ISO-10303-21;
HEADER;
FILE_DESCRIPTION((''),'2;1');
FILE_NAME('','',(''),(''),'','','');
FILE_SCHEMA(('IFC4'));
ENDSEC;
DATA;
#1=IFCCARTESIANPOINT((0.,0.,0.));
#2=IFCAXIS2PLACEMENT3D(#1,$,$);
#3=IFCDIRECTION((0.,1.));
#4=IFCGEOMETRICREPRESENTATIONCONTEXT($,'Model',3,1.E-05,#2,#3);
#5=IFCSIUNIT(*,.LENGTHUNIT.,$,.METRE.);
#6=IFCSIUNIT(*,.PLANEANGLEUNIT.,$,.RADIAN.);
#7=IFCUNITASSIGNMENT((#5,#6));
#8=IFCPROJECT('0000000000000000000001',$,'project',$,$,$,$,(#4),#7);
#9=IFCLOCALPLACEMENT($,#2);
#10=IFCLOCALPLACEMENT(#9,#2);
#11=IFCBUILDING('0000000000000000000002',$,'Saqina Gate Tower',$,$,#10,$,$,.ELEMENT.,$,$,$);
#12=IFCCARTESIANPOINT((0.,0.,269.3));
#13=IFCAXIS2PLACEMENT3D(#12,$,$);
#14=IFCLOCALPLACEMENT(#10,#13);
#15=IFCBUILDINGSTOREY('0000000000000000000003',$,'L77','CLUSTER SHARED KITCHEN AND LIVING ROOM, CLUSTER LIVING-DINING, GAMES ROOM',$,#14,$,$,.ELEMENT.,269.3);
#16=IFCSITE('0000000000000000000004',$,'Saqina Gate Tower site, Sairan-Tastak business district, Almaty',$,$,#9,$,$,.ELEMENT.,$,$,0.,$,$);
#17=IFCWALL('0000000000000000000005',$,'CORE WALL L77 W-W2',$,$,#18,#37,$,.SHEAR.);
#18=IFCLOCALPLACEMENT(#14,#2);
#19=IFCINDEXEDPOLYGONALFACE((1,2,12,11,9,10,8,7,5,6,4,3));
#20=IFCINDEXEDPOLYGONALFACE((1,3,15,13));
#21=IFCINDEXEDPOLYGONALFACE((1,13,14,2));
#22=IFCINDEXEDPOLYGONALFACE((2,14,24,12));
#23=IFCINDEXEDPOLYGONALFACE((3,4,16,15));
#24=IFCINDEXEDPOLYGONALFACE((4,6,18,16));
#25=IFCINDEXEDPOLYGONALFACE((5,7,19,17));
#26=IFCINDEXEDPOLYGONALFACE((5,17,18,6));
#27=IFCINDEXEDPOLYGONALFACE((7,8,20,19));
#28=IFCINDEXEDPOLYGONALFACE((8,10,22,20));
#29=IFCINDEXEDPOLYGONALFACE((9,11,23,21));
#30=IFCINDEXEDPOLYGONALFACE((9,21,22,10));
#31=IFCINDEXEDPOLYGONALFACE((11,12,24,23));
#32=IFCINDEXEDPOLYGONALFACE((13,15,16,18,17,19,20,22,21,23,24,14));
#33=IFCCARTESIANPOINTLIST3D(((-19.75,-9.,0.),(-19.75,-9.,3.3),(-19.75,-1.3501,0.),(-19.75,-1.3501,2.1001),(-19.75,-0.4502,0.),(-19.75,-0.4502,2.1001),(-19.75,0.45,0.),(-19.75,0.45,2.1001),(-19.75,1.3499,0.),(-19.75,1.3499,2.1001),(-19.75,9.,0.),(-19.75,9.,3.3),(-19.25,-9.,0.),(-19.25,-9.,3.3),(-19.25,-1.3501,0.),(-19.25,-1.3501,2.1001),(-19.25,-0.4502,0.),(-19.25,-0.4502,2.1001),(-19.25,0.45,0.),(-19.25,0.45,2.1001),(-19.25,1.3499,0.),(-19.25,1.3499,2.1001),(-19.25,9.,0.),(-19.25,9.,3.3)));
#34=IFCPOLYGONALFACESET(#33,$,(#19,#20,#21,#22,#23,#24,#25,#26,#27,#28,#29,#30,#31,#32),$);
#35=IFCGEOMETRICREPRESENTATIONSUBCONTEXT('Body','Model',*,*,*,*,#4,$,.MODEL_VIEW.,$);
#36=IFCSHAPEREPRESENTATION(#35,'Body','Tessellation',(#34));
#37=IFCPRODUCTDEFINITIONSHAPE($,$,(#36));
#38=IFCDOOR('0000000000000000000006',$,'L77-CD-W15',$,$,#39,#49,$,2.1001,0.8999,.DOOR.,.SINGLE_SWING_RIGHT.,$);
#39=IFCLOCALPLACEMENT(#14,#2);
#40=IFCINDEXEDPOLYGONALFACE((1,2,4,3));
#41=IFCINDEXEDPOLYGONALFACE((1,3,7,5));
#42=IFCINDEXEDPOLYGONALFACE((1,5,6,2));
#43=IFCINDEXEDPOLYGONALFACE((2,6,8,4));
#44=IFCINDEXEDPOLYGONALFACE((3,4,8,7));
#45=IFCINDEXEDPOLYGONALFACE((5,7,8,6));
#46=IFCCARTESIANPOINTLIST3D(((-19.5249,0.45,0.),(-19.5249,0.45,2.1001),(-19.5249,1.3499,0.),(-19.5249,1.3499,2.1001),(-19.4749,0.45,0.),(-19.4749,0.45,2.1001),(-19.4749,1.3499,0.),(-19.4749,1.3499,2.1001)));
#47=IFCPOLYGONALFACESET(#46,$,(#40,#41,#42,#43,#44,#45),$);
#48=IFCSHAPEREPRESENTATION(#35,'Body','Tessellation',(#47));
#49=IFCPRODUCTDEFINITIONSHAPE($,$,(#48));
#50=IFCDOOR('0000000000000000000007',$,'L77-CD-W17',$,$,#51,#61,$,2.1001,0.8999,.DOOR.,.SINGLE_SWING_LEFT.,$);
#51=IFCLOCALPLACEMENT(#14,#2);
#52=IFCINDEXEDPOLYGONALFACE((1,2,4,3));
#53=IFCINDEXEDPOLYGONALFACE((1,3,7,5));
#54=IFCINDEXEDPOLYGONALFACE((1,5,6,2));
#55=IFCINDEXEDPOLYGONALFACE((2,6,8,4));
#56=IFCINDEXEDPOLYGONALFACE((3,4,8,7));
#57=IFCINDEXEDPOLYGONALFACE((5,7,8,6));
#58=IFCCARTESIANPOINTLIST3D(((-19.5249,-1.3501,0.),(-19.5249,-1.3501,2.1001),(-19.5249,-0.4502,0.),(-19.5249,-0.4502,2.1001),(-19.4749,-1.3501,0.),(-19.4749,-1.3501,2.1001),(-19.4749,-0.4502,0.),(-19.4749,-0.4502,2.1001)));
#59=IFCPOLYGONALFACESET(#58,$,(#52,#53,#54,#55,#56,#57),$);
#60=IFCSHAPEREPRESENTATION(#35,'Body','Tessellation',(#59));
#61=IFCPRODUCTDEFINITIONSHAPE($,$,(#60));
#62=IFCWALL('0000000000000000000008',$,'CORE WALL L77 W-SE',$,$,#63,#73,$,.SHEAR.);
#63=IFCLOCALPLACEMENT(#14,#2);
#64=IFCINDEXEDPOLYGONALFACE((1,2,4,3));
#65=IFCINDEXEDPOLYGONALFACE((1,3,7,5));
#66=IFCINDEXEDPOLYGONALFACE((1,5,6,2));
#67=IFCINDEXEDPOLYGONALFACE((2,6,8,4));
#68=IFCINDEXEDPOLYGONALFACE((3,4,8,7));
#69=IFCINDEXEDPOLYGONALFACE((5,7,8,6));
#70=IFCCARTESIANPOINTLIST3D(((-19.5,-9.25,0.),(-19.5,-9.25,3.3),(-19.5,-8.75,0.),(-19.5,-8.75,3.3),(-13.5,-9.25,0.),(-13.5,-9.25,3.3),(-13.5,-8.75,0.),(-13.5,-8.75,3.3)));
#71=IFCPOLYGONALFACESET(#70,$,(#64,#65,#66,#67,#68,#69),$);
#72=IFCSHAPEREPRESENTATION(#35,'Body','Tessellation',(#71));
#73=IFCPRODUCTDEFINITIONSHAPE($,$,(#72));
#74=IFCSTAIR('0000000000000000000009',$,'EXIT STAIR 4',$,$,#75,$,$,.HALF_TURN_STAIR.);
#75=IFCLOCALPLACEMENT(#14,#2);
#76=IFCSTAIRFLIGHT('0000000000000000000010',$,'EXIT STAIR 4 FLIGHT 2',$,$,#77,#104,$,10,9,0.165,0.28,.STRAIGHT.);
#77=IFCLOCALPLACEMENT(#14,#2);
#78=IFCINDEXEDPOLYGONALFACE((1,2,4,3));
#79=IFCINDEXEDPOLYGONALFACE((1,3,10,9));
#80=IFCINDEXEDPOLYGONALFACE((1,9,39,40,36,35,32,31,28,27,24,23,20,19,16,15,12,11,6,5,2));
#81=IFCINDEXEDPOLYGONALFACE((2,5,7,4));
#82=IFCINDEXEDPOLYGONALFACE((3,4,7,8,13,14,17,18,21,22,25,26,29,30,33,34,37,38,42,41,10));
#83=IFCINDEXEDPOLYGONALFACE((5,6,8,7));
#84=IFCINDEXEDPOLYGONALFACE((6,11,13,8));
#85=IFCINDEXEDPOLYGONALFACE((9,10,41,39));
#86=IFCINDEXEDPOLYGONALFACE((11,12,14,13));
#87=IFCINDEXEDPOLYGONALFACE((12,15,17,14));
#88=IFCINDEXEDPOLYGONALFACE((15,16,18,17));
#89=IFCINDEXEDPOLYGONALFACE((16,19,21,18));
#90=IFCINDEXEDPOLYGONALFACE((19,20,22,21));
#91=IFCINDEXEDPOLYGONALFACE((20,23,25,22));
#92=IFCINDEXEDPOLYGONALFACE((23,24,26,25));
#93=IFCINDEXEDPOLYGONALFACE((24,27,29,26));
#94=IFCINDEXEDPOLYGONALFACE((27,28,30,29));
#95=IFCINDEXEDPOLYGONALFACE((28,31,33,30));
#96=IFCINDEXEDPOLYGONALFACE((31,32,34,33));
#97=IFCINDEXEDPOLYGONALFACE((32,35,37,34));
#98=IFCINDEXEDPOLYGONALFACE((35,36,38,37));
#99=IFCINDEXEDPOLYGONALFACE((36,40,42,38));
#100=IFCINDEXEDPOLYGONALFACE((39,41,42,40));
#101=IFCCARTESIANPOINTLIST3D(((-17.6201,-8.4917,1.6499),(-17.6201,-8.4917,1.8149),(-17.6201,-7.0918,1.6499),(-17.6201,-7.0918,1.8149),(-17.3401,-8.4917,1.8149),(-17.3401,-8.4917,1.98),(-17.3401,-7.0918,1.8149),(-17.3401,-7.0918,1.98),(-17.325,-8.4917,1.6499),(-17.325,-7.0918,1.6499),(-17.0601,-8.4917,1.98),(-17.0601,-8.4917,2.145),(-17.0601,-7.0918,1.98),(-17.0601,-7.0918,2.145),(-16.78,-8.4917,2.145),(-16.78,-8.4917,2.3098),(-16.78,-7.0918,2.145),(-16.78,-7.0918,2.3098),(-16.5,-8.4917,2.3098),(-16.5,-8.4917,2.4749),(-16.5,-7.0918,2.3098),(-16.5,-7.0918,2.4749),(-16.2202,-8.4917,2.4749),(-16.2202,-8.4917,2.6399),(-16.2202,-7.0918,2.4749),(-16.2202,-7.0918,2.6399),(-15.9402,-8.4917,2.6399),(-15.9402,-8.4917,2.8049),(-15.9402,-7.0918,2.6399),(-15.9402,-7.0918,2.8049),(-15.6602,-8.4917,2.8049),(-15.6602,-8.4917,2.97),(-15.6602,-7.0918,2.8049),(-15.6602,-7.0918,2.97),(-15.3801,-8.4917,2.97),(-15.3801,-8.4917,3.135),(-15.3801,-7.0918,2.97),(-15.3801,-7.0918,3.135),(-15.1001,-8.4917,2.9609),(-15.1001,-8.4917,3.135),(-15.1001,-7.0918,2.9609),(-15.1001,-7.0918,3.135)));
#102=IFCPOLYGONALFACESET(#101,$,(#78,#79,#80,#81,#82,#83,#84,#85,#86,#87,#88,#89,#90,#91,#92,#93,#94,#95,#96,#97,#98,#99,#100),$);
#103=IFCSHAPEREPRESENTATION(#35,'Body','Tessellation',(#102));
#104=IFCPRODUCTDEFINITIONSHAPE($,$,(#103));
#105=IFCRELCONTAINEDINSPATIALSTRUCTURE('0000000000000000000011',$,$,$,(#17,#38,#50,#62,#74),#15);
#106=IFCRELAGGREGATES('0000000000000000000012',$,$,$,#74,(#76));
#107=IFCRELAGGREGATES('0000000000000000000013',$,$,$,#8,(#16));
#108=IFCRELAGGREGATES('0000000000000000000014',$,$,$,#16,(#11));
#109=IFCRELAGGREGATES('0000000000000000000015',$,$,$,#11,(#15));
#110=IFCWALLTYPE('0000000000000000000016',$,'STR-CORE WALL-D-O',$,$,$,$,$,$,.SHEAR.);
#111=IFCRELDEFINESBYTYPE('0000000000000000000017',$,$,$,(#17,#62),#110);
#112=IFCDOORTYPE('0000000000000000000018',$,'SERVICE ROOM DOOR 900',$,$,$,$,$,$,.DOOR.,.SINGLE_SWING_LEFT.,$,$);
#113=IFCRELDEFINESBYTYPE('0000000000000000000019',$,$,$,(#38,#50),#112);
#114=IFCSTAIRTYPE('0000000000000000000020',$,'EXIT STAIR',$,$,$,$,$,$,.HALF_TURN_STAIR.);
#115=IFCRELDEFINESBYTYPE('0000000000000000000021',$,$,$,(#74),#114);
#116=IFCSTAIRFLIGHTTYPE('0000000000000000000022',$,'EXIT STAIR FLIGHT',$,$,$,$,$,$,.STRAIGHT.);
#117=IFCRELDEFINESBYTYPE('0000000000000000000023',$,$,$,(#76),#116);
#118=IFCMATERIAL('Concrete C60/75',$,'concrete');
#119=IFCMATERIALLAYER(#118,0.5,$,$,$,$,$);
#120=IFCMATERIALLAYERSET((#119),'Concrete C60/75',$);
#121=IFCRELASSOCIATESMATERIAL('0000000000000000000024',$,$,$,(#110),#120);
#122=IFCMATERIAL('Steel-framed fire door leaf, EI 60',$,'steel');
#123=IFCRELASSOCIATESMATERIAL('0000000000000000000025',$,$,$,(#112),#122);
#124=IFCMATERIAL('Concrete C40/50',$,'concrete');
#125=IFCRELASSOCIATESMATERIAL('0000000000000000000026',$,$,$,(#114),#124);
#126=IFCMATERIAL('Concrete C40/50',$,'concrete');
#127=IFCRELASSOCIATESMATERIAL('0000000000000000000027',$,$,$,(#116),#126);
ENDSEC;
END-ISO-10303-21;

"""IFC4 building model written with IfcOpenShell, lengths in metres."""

from ifc_helpers import new_model, si_unit, direction, frame, frame_2d, origin, place, context, subcontext, project, spatial, polyline, rectangle, outline, extrude, material, layer, layer_set, type_object, element, fill, aggregate, save


model = new_model("IFC4")

# Units and contexts
model_context = context("Model", 3, precision=1e-05, world=origin(), true_north=direction((0.0, 1.0)))
body_context = subcontext(model_context, "Body", "Model", "MODEL_VIEW")
ifc_project = project(units=[si_unit("LENGTHUNIT", "METRE"), si_unit("PLANEANGLEUNIT", "RADIAN")], contexts=[model_context])

# Site, building, storey
site_placement = place(None, origin())
site = spatial("IfcSite", under=ifc_project, at=site_placement, Name="Saqina Gate Tower site, Sairan-Tastak business district, Almaty", CompositionType="ELEMENT", RefElevation=0.0)
building_placement = place(site_placement, origin())
building = spatial("IfcBuilding", under=site, at=building_placement, Name="Saqina Gate Tower", CompositionType="ELEMENT")
storey_placement = place(building_placement, frame((0.0, 0.0, 269.3)))
storey = spatial("IfcBuildingStorey", under=building, at=storey_placement, Name="L77", Description="CLUSTER SHARED KITCHEN AND LIVING ROOM, CLUSTER LIVING-DINING, GAMES ROOM", CompositionType="ELEMENT", Elevation=269.3)

# Wall, openings, doors
ifc_material_1 = material(Name="Concrete C60/75", Category="concrete")
ifc_layer_1 = layer(ifc_material_1, 0.5)
ifc_layer_set_1 = layer_set([ifc_layer_1], Name="Concrete C60/75")
wall_type_1 = type_object("IfcWallType", Name="STR-CORE WALL-D-O", PredefinedType="SHEAR", material=ifc_layer_set_1)
wall_1_placement = place(storey_placement, frame((-19.5, -9.0, 0.0), z_axis=(0.0, 0.0, 1.0), x_axis=(0.0, 1.0, 0.0)))
wall_1 = element("IfcWall", 1, at=wall_1_placement, inside=storey, type_object=wall_type_1, Name="CORE WALL L77 W-W2", PredefinedType="SHEAR", context=body_context, shape_type="SweptSolid", body=[
    extrude(rectangle(XDim=18.0, YDim=0.5, at=frame_2d((9.0, 0.0))), origin(), (0.0, 0.0, 1.0), 3.3),
])
opening_1_placement = place(wall_1_placement, frame((9.45, 0.0, 0.0)))
opening_1 = element("IfcOpeningElement", 2, at=opening_1_placement, cuts=wall_1, PredefinedType="OPENING", context=body_context, shape_type="SweptSolid", body=[
    extrude(rectangle(XDim=0.8999, YDim=2.1001, at=frame_2d((0.45, 1.05))), frame((0.0, 0.262, 0.0), z_axis=(0.0, -1.0, 0.0), x_axis=(1.0, 0.0, 0.0)), (0.0, 0.0, 1.0), 0.5239),
])
opening_2_placement = place(wall_1_placement, frame((7.6499, 0.0, 0.0)))
opening_2 = element("IfcOpeningElement", 3, at=opening_2_placement, cuts=wall_1, PredefinedType="OPENING", context=body_context, shape_type="SweptSolid", body=[
    extrude(rectangle(XDim=0.8999, YDim=2.1001, at=frame_2d((0.45, 1.05))), frame((0.0, 0.262, 0.0), z_axis=(0.0, -1.0, 0.0), x_axis=(1.0, 0.0, 0.0)), (0.0, 0.0, 1.0), 0.5239),
])
ifc_material_2 = material(Name="Steel-framed fire door leaf, EI 60", Category="steel")
door_type_1 = type_object("IfcDoorType", Name="SERVICE ROOM DOOR 900", OperationType="SINGLE_SWING_LEFT", PredefinedType="DOOR", material=ifc_material_2)
door_1_placement = place(opening_1_placement, origin())
door_1 = element("IfcDoor", 4, at=door_1_placement, inside=storey, type_object=door_type_1, Name="L77-CD-W15", OperationType="SINGLE_SWING_RIGHT", OverallHeight=2.1001, OverallWidth=0.8999, PredefinedType="DOOR", context=body_context, shape_type="SweptSolid", body=[
    extrude(rectangle(XDim=0.8999, YDim=2.1001, at=frame_2d((0.45, 1.05))), frame((0.0, 0.0249, 0.0), z_axis=(0.0, -1.0, 0.0), x_axis=(1.0, 0.0, 0.0)), (0.0, 0.0, 1.0), 0.05),
])
fill(opening_1, door_1)
door_2_placement = place(opening_2_placement, origin())
door_2 = element("IfcDoor", 5, at=door_2_placement, inside=storey, type_object=door_type_1, Name="L77-CD-W17", OperationType="SINGLE_SWING_LEFT", OverallHeight=2.1001, OverallWidth=0.8999, PredefinedType="DOOR", context=body_context, shape_type="SweptSolid", body=[
    extrude(rectangle(XDim=0.8999, YDim=2.1001, at=frame_2d((0.45, 1.05))), frame((0.0, 0.0249, 0.0), z_axis=(0.0, -1.0, 0.0), x_axis=(1.0, 0.0, 0.0)), (0.0, 0.0, 1.0), 0.05),
])
fill(opening_2, door_2)

# Wall
wall_2_placement = place(storey_placement, frame((-13.5, -9.0, 0.0), z_axis=(0.0, 0.0, 1.0), x_axis=(-1.0, 0.0, 0.0)))
element("IfcWall", 6, at=wall_2_placement, inside=storey, type_object=wall_type_1, Name="CORE WALL L77 W-SE", PredefinedType="SHEAR", context=body_context, shape_type="SweptSolid", body=[
    extrude(rectangle(XDim=6.0, YDim=0.5, at=frame_2d((3.0, 0.0))), origin(), (0.0, 0.0, 1.0), 3.3),
])

# Stair, stair flight
ifc_material_3 = material(Name="Concrete C40/50", Category="concrete")
stair_type = type_object("IfcStairType", Name="EXIT STAIR", PredefinedType="HALF_TURN_STAIR", material=ifc_material_3)
stair_placement = place(storey_placement, origin())
stair = element("IfcStair", 7, at=stair_placement, inside=storey, type_object=stair_type, Name="EXIT STAIR 4", PredefinedType="HALF_TURN_STAIR")
ifc_material_4 = material(Name="Concrete C40/50", Category="concrete")
stair_flight_type = type_object("IfcStairFlightType", Name="EXIT STAIR FLIGHT", PredefinedType="STRAIGHT", material=ifc_material_4)
stair_flight_placement = place(storey_placement, frame((-17.6201, -7.7917, 1.6499), z_axis=(0.0, 0.0, 1.0), x_axis=(1.0, 0.0, 0.0)))
stair_flight = element("IfcStairFlight", 8, at=stair_flight_placement, type_object=stair_flight_type, Name="EXIT STAIR 4 FLIGHT 2", NumberOfRisers=10, NumberOfTreads=9, PredefinedType="STRAIGHT", RiserHeight=0.165, TreadLength=0.28, context=body_context, shape_type="SweptSolid", body=[
    extrude(outline(polyline([(0.0, 0.0), (0.0, 0.165), (0.28, 0.165), (0.28, 0.3301), (0.5601, 0.3301), (0.5601, 0.4951), (0.8401, 0.4951), (0.8401, 0.6599), (1.1201, 0.6599), (1.1201, 0.825), (1.3999, 0.825), (1.3999, 0.99), (1.6799, 0.99), (1.6799, 1.155), (1.96, 1.155), (1.96, 1.3201), (2.24, 1.3201), (2.24, 1.4851), (2.52, 1.4851), (2.52, 1.6499), (2.52, 1.311), (0.2952, 0.0), (0.0, 0.0)])), frame((0.0, 0.7, 0.0), z_axis=(0.0, -1.0, 0.0), x_axis=(1.0, 0.0, 0.0)), (0.0, 0.0, 1.0), 1.3999),
])
aggregate(stair, [stair_flight])

save(model, "model.ifc")
